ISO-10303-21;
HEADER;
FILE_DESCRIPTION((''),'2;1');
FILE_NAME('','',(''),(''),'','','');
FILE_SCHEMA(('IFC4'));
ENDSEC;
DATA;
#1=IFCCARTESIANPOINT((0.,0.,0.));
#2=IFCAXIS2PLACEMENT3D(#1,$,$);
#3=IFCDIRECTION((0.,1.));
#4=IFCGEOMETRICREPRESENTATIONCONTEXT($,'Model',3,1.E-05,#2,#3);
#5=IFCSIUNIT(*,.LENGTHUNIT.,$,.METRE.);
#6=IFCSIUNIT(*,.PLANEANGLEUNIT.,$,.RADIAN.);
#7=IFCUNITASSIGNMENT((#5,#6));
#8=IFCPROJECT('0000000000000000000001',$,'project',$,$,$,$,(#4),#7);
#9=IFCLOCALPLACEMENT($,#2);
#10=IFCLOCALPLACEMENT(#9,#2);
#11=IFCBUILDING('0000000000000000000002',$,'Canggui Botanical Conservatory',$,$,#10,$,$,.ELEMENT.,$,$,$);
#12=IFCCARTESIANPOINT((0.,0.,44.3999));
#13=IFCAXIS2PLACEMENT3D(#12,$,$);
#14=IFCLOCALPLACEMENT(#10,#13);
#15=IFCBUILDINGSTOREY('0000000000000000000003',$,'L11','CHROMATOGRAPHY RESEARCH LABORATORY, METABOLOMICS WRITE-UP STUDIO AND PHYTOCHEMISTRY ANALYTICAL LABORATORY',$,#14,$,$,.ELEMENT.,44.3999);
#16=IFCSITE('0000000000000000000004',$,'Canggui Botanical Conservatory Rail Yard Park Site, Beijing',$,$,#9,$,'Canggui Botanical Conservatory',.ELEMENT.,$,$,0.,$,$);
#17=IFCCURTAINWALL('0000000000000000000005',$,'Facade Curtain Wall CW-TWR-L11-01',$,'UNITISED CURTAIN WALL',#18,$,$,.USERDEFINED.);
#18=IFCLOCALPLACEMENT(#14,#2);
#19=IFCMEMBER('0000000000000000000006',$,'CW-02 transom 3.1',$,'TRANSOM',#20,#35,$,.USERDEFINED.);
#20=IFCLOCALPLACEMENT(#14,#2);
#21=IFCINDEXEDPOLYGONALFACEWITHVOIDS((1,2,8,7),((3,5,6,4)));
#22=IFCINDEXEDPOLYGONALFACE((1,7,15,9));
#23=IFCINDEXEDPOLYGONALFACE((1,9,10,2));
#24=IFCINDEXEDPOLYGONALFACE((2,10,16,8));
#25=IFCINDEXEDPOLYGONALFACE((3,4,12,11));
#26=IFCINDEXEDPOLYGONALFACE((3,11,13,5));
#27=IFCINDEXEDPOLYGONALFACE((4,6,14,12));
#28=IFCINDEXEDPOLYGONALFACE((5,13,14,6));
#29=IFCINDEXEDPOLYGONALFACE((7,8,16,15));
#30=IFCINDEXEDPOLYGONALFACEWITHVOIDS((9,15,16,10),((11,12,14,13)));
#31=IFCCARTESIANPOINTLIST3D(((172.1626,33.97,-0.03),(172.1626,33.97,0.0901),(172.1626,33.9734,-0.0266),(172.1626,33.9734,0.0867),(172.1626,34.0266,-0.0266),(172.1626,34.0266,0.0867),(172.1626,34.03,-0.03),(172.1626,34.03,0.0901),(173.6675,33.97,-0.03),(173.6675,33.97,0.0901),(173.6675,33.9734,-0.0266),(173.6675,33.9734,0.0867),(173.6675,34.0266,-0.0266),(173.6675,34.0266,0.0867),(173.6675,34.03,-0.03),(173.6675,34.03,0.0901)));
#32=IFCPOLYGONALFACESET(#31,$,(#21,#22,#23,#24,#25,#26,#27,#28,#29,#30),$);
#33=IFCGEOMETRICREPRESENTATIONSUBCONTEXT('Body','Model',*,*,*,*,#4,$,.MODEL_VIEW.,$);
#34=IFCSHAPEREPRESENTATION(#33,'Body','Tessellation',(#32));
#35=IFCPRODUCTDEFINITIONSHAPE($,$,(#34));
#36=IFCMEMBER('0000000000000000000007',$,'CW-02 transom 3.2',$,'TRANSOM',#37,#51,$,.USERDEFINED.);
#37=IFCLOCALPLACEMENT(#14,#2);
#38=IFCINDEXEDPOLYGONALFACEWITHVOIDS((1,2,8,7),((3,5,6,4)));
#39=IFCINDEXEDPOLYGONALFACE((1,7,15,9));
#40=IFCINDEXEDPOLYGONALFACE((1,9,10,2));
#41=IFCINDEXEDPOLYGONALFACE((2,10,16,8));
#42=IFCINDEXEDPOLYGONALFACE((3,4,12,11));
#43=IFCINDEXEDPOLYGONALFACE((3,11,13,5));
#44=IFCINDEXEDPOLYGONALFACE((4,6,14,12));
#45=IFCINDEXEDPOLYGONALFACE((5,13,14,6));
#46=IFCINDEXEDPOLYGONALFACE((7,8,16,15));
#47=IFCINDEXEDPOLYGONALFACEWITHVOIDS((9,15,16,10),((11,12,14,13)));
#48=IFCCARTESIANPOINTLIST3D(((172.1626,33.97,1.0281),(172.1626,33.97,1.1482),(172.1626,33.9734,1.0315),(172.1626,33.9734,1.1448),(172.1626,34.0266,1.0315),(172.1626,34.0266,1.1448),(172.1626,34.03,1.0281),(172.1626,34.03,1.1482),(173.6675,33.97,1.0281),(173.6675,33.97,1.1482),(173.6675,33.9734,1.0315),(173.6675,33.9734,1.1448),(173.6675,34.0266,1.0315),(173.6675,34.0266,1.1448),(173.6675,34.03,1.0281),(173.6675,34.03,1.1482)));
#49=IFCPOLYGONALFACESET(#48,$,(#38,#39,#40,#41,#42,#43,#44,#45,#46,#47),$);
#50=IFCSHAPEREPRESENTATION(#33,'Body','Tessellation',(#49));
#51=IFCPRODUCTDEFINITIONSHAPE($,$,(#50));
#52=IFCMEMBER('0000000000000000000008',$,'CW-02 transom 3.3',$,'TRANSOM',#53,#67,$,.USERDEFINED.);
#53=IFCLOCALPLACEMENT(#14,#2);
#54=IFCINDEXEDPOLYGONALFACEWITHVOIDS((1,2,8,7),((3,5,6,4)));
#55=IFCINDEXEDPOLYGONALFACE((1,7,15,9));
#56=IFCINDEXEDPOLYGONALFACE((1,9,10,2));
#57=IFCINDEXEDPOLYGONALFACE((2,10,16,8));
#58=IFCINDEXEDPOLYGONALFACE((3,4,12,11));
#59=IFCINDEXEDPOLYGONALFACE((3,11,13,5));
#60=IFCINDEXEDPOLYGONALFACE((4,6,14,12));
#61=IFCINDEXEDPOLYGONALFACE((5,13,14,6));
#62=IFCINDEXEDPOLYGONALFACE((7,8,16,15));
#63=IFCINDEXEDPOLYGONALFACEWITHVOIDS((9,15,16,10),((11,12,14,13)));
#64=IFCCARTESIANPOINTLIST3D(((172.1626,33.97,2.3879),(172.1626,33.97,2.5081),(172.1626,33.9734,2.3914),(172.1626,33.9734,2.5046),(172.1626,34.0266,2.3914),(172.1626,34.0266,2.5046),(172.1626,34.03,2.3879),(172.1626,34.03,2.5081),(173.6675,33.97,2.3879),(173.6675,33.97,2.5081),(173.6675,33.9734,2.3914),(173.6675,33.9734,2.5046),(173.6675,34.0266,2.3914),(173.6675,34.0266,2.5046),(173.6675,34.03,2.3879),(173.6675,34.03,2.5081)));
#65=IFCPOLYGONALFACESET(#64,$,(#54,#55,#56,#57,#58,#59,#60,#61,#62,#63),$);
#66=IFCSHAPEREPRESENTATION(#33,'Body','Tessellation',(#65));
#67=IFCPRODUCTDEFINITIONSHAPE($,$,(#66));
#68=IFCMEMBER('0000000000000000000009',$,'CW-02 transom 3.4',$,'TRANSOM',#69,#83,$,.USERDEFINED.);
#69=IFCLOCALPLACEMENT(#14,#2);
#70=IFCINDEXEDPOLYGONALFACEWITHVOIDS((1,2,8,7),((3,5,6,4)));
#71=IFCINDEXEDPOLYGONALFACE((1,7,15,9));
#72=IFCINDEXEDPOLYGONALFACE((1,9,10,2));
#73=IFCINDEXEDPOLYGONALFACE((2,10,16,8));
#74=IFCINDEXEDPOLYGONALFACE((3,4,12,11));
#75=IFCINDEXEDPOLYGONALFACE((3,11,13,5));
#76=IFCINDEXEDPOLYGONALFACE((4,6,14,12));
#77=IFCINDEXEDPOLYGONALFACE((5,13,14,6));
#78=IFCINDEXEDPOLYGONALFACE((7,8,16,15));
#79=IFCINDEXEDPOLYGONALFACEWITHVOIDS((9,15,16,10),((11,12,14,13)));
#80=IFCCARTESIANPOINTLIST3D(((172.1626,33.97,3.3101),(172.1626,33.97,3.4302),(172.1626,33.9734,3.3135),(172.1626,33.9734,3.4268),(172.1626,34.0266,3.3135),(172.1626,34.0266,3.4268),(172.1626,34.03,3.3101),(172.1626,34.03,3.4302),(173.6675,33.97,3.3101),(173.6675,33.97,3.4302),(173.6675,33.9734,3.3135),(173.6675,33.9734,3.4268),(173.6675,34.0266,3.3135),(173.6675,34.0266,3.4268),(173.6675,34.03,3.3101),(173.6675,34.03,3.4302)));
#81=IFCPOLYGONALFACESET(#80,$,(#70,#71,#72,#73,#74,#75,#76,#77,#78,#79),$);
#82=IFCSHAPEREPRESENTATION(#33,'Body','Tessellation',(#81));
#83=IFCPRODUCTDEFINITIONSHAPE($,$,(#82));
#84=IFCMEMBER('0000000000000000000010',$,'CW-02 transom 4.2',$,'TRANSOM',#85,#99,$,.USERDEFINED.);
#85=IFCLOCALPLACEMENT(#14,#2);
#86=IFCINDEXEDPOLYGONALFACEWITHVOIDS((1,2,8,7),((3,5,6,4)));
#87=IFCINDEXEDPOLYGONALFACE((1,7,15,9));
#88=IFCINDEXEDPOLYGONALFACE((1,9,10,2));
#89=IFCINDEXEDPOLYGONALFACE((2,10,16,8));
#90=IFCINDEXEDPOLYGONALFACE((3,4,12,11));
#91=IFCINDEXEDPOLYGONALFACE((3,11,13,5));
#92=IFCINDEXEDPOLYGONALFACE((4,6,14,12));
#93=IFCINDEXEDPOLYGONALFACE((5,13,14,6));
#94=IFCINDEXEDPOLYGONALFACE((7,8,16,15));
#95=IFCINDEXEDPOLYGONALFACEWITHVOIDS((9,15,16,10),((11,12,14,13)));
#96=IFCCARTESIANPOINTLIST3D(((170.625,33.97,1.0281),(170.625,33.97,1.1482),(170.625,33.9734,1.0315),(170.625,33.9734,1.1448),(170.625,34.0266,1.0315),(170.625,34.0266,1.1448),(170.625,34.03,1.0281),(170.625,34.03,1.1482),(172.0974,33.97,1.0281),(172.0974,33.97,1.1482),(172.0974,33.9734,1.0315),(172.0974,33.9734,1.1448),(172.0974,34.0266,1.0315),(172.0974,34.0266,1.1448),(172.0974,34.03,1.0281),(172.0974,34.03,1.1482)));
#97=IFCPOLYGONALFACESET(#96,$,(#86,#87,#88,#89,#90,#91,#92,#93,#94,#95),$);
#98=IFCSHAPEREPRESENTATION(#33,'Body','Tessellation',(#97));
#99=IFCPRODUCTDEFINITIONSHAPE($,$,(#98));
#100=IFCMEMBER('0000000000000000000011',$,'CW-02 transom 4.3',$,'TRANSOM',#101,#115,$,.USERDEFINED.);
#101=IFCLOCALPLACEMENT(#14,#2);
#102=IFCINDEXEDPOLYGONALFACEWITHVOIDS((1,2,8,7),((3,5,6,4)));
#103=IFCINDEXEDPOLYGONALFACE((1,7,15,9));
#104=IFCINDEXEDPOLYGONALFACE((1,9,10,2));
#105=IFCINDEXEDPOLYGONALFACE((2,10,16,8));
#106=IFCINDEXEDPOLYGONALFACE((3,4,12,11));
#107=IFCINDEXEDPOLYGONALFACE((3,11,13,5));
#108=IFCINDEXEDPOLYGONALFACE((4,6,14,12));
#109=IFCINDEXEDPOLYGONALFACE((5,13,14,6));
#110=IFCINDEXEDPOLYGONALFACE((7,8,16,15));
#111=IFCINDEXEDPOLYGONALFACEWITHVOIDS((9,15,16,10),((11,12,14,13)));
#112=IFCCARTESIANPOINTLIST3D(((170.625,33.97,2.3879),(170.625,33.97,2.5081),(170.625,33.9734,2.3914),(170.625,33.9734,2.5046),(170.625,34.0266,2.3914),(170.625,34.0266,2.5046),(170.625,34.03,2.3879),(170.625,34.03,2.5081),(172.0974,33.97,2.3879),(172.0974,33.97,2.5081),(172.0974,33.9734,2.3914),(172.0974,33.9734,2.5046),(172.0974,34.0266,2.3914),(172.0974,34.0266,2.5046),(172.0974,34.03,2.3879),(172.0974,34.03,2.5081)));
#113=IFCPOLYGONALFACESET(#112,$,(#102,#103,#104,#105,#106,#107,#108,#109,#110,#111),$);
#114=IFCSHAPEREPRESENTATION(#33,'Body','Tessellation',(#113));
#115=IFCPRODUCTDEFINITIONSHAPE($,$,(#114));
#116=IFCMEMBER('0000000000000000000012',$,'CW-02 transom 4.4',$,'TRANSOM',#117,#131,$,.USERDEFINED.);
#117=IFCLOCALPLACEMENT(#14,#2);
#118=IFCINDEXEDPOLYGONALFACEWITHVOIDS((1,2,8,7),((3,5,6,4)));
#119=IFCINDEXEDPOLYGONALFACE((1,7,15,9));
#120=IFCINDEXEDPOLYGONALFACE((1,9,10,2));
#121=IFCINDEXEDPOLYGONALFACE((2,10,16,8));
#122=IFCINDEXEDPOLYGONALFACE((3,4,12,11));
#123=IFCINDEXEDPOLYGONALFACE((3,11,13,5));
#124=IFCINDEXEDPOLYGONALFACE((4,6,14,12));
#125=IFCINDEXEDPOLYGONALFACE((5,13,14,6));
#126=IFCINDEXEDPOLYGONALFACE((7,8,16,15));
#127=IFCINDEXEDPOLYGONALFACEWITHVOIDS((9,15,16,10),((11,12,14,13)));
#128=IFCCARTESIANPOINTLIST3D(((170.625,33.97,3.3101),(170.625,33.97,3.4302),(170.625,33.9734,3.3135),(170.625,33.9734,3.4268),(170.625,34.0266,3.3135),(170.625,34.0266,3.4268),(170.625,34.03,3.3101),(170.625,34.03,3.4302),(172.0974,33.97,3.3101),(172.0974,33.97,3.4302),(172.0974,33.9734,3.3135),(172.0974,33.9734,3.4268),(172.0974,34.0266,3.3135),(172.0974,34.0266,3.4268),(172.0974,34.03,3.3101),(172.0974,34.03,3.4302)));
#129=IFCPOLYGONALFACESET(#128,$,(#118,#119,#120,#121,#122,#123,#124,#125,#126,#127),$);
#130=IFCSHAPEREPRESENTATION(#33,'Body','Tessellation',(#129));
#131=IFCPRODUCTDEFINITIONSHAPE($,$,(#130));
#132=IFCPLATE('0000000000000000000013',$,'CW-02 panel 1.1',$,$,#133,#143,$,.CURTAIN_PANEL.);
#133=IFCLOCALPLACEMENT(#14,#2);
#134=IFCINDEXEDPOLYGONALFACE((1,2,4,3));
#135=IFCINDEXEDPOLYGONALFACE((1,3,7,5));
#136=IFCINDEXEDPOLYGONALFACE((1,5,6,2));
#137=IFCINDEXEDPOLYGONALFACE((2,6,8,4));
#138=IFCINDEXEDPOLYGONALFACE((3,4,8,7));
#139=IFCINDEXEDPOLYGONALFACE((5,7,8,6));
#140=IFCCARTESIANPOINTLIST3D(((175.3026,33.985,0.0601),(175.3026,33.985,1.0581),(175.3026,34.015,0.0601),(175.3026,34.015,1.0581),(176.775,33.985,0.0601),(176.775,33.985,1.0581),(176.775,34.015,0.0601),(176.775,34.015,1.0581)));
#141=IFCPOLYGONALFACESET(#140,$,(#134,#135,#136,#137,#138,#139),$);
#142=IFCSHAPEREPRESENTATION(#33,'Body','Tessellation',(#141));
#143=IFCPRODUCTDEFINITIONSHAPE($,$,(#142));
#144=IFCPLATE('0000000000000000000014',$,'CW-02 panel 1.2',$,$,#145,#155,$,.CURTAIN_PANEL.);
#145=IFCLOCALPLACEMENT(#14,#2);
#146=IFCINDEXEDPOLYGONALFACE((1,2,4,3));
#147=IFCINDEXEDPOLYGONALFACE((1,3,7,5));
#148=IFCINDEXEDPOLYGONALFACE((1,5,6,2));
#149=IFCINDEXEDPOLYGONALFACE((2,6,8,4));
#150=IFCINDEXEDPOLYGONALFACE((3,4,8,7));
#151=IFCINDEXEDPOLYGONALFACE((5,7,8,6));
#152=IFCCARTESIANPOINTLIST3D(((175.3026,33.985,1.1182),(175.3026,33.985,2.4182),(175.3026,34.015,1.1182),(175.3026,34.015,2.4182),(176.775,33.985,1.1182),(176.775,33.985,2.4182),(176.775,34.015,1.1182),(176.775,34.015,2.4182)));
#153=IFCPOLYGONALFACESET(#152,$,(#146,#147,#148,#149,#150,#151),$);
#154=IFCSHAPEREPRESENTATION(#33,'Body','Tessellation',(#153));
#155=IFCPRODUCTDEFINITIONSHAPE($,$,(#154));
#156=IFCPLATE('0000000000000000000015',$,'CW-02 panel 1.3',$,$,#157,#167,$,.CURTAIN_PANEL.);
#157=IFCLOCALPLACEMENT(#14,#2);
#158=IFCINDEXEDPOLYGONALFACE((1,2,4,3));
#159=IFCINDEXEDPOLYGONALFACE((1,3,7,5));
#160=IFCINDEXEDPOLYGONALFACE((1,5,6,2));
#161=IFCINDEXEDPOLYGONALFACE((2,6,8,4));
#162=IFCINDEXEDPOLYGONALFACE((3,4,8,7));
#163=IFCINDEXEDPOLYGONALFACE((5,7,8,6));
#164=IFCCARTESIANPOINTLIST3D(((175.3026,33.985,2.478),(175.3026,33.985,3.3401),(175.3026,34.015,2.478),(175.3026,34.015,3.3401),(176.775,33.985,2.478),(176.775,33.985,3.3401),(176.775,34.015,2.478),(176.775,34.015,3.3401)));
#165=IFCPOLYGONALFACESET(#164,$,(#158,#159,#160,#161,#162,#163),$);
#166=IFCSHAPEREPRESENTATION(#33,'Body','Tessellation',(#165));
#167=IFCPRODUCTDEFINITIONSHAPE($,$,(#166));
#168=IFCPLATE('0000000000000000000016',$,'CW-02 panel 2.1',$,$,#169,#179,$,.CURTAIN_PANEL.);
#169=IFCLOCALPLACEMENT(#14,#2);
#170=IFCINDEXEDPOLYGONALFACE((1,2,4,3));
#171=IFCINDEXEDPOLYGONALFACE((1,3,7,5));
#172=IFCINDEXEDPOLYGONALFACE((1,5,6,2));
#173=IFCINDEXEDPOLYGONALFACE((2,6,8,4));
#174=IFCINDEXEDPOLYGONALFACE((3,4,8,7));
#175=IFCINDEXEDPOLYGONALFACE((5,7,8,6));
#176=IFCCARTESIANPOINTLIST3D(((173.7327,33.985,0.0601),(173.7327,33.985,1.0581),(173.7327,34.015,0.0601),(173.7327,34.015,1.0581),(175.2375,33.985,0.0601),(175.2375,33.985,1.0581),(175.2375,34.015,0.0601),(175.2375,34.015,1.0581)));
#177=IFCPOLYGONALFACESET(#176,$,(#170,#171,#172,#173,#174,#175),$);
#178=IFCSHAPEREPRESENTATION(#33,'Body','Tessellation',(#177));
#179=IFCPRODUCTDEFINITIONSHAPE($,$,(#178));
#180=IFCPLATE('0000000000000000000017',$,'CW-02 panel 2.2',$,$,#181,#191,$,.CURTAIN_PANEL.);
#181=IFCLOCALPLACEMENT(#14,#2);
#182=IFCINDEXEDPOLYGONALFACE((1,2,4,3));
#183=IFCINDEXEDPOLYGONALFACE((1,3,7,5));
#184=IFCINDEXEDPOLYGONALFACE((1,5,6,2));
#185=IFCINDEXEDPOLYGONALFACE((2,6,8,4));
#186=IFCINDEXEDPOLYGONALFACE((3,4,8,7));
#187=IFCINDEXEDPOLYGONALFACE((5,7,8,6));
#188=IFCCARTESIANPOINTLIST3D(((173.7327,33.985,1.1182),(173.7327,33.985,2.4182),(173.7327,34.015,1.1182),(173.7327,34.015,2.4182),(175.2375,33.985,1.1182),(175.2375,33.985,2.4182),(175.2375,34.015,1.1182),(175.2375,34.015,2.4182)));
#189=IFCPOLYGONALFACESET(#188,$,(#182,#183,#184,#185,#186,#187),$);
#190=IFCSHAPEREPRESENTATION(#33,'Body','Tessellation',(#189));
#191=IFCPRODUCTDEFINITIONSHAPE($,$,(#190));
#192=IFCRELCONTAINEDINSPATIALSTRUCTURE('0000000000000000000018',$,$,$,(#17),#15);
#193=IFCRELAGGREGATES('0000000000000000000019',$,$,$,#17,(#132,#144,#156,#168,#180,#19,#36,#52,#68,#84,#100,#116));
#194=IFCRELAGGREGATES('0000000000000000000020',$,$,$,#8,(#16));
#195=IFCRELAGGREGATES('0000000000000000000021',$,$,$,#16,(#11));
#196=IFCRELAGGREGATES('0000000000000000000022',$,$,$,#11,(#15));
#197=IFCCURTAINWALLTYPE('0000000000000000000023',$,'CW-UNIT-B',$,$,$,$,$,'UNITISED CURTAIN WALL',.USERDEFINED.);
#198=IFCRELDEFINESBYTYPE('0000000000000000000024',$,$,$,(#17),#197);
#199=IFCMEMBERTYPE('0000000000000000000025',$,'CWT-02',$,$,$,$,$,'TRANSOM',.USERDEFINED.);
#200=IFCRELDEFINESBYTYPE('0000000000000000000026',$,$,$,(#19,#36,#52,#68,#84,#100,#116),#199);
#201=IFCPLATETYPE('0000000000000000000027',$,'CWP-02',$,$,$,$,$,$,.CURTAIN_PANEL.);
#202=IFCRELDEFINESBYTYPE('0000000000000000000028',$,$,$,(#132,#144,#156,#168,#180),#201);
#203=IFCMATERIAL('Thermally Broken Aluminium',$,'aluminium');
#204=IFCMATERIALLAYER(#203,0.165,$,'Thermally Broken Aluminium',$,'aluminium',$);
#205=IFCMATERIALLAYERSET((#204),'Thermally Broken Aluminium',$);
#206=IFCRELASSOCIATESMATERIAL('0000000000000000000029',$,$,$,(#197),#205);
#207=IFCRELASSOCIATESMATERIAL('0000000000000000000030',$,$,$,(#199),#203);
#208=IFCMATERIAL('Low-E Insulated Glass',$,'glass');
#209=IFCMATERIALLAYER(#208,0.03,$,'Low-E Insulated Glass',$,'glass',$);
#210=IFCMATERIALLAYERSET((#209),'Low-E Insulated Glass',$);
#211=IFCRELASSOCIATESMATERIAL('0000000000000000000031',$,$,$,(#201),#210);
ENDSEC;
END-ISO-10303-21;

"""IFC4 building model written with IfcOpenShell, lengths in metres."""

from ifc_helpers import new_model, si_unit, direction, frame, origin, origin_2d, place, context, subcontext, project, spatial, rectangle, hollow_rectangle, extrude, material, layer, layer_set, material_profile, profile_set, type_object, element, aggregate, save


model = new_model("IFC4")

# Units and contexts
model_context = context("Model", 3, precision=1e-05, world=origin(), true_north=direction((0.0, 1.0)))
body_context = subcontext(model_context, "Body", "Model", "MODEL_VIEW")
ifc_project = project(units=[si_unit("LENGTHUNIT", "METRE"), si_unit("PLANEANGLEUNIT", "RADIAN")], contexts=[model_context])

# Site, building, storey
site_placement = place(None, origin())
site = spatial("IfcSite", under=ifc_project, at=site_placement, Name="Canggui Botanical Conservatory Rail Yard Park Site, Beijing", LongName="Canggui Botanical Conservatory", CompositionType="ELEMENT", RefElevation=0.0)
building_placement = place(site_placement, origin())
building = spatial("IfcBuilding", under=site, at=building_placement, Name="Canggui Botanical Conservatory", CompositionType="ELEMENT")
storey_placement = place(building_placement, frame((0.0, 0.0, 44.3999)))
storey = spatial("IfcBuildingStorey", under=building, at=storey_placement, Name="L11", Description="CHROMATOGRAPHY RESEARCH LABORATORY, METABOLOMICS WRITE-UP STUDIO AND PHYTOCHEMISTRY ANALYTICAL LABORATORY", CompositionType="ELEMENT", Elevation=44.3999)

# Curtain wall, members, plates
ifc_material_1 = material(Name="Thermally Broken Aluminium", Category="aluminium")
ifc_layer_1 = layer(ifc_material_1, 0.165, Name="Thermally Broken Aluminium", Category="aluminium")
ifc_layer_set_1 = layer_set([ifc_layer_1], Name="Thermally Broken Aluminium")
curtain_wall_type = type_object("IfcCurtainWallType", Name="CW-UNIT-B", ElementType="UNITISED CURTAIN WALL", PredefinedType="USERDEFINED", material=ifc_layer_set_1)
curtain_wall_placement = place(storey_placement, origin())
curtain_wall = element("IfcCurtainWall", 1, at=curtain_wall_placement, inside=storey, type_object=curtain_wall_type, Name="Facade Curtain Wall CW-TWR-L11-01", ObjectType="UNITISED CURTAIN WALL", PredefinedType="USERDEFINED")
ifc_material_profile_1 = material_profile(ifc_material_1, hollow_rectangle(XDim=0.0601, YDim=0.1201, WallThickness=0.0034, at=origin_2d()), Name="CWT 60x120x3.5")
ifc_profile_set_1 = profile_set([ifc_material_profile_1], Name="Thermally Broken Aluminium")
member_type_1 = type_object("IfcMemberType", Name="CWT-02", ElementType="TRANSOM", PredefinedType="USERDEFINED", material=ifc_profile_set_1)
member_1_placement = place(storey_placement, frame((173.6675, 34.0, 0.03), z_axis=(-1.0, 0.0, 0.0), x_axis=(0.0, -1.0, 0.0)))
member_1 = element("IfcMember", 2, at=member_1_placement, type_object=member_type_1, Name="CW-02 transom 3.1", ObjectType="TRANSOM", PredefinedType="USERDEFINED", context=body_context, shape_type="SweptSolid", body=[
    extrude(hollow_rectangle(XDim=0.0601, YDim=0.1201, WallThickness=0.0034, at=origin_2d()), origin(), (0.0, 0.0, 1.0), 1.5049),
])
member_2_placement = place(storey_placement, frame((173.6675, 34.0, 1.0881), z_axis=(-1.0, 0.0, 0.0), x_axis=(0.0, -1.0, 0.0)))
member_2 = element("IfcMember", 3, at=member_2_placement, type_object=member_type_1, Name="CW-02 transom 3.2", ObjectType="TRANSOM", PredefinedType="USERDEFINED", context=body_context, shape_type="SweptSolid", body=[
    extrude(hollow_rectangle(XDim=0.0601, YDim=0.1201, WallThickness=0.0034, at=origin_2d()), origin(), (0.0, 0.0, 1.0), 1.5049),
])
member_3_placement = place(storey_placement, frame((173.6675, 34.0, 2.448), z_axis=(-1.0, 0.0, 0.0), x_axis=(0.0, -1.0, 0.0)))
member_3 = element("IfcMember", 4, at=member_3_placement, type_object=member_type_1, Name="CW-02 transom 3.3", ObjectType="TRANSOM", PredefinedType="USERDEFINED", context=body_context, shape_type="SweptSolid", body=[
    extrude(hollow_rectangle(XDim=0.0601, YDim=0.1201, WallThickness=0.0034, at=origin_2d()), origin(), (0.0, 0.0, 1.0), 1.5049),
])
member_4_placement = place(storey_placement, frame((173.6675, 34.0, 3.3701), z_axis=(-1.0, 0.0, 0.0), x_axis=(0.0, -1.0, 0.0)))
member_4 = element("IfcMember", 5, at=member_4_placement, type_object=member_type_1, Name="CW-02 transom 3.4", ObjectType="TRANSOM", PredefinedType="USERDEFINED", context=body_context, shape_type="SweptSolid", body=[
    extrude(hollow_rectangle(XDim=0.0601, YDim=0.1201, WallThickness=0.0034, at=origin_2d()), origin(), (0.0, 0.0, 1.0), 1.5049),
])
member_5_placement = place(storey_placement, frame((172.0974, 34.0, 1.0881), z_axis=(-1.0, 0.0, 0.0), x_axis=(0.0, -1.0, 0.0)))
member_5 = element("IfcMember", 6, at=member_5_placement, type_object=member_type_1, Name="CW-02 transom 4.2", ObjectType="TRANSOM", PredefinedType="USERDEFINED", context=body_context, shape_type="SweptSolid", body=[
    extrude(hollow_rectangle(XDim=0.0601, YDim=0.1201, WallThickness=0.0034, at=origin_2d()), origin(), (0.0, 0.0, 1.0), 1.4724),
])
member_6_placement = place(storey_placement, frame((172.0974, 34.0, 2.448), z_axis=(-1.0, 0.0, 0.0), x_axis=(0.0, -1.0, 0.0)))
member_6 = element("IfcMember", 7, at=member_6_placement, type_object=member_type_1, Name="CW-02 transom 4.3", ObjectType="TRANSOM", PredefinedType="USERDEFINED", context=body_context, shape_type="SweptSolid", body=[
    extrude(hollow_rectangle(XDim=0.0601, YDim=0.1201, WallThickness=0.0034, at=origin_2d()), origin(), (0.0, 0.0, 1.0), 1.4724),
])
member_7_placement = place(storey_placement, frame((172.0974, 34.0, 3.3701), z_axis=(-1.0, 0.0, 0.0), x_axis=(0.0, -1.0, 0.0)))
member_7 = element("IfcMember", 8, at=member_7_placement, type_object=member_type_1, Name="CW-02 transom 4.4", ObjectType="TRANSOM", PredefinedType="USERDEFINED", context=body_context, shape_type="SweptSolid", body=[
    extrude(hollow_rectangle(XDim=0.0601, YDim=0.1201, WallThickness=0.0034, at=origin_2d()), origin(), (0.0, 0.0, 1.0), 1.4724),
])
ifc_material_2 = material(Name="Low-E Insulated Glass", Category="glass")
ifc_layer_2 = layer(ifc_material_2, 0.03, Name="Low-E Insulated Glass", Category="glass")
ifc_layer_set_2 = layer_set([ifc_layer_2], Name="Low-E Insulated Glass")
plate_type = type_object("IfcPlateType", Name="CWP-02", PredefinedType="CURTAIN_PANEL", material=ifc_layer_set_2)
plate_1_placement = place(storey_placement, frame((176.0388, 34.0, 0.0601), z_axis=(0.0, 0.0, 1.0), x_axis=(-1.0, 0.0, 0.0)))
plate_1 = element("IfcPlate", 9, at=plate_1_placement, type_object=plate_type, Name="CW-02 panel 1.1", PredefinedType="CURTAIN_PANEL", context=body_context, shape_type="SweptSolid", body=[
    extrude(rectangle(XDim=1.4724, YDim=0.03, at=origin_2d()), origin(), (0.0, 0.0, 1.0), 0.998),
])
plate_2_placement = place(storey_placement, frame((176.0388, 34.0, 1.1182), z_axis=(0.0, 0.0, 1.0), x_axis=(-1.0, 0.0, 0.0)))
plate_2 = element("IfcPlate", 10, at=plate_2_placement, type_object=plate_type, Name="CW-02 panel 1.2", PredefinedType="CURTAIN_PANEL", context=body_context, shape_type="SweptSolid", body=[
    extrude(rectangle(XDim=1.4724, YDim=0.03, at=origin_2d()), origin(), (0.0, 0.0, 1.0), 1.3),
])
plate_3_placement = place(storey_placement, frame((176.0388, 34.0, 2.478), z_axis=(0.0, 0.0, 1.0), x_axis=(-1.0, 0.0, 0.0)))
plate_3 = element("IfcPlate", 11, at=plate_3_placement, type_object=plate_type, Name="CW-02 panel 1.3", PredefinedType="CURTAIN_PANEL", context=body_context, shape_type="SweptSolid", body=[
    extrude(rectangle(XDim=1.4724, YDim=0.03, at=origin_2d()), origin(), (0.0, 0.0, 1.0), 0.8621),
])
plate_4_placement = place(storey_placement, frame((174.4851, 34.0, 0.0601), z_axis=(0.0, 0.0, 1.0), x_axis=(-1.0, 0.0, 0.0)))
plate_4 = element("IfcPlate", 12, at=plate_4_placement, type_object=plate_type, Name="CW-02 panel 2.1", PredefinedType="CURTAIN_PANEL", context=body_context, shape_type="SweptSolid", body=[
    extrude(rectangle(XDim=1.5049, YDim=0.03, at=origin_2d()), origin(), (0.0, 0.0, 1.0), 0.998),
])
plate_5_placement = place(storey_placement, frame((174.4851, 34.0, 1.1182), z_axis=(0.0, 0.0, 1.0), x_axis=(-1.0, 0.0, 0.0)))
plate_5 = element("IfcPlate", 13, at=plate_5_placement, type_object=plate_type, Name="CW-02 panel 2.2", PredefinedType="CURTAIN_PANEL", context=body_context, shape_type="SweptSolid", body=[
    extrude(rectangle(XDim=1.5049, YDim=0.03, at=origin_2d()), origin(), (0.0, 0.0, 1.0), 1.3),
])
aggregate(curtain_wall, [plate_1, plate_2, plate_3, plate_4, plate_5, member_1, member_2, member_3, member_4, member_5, member_6, member_7])

save(model, "model.ifc")
